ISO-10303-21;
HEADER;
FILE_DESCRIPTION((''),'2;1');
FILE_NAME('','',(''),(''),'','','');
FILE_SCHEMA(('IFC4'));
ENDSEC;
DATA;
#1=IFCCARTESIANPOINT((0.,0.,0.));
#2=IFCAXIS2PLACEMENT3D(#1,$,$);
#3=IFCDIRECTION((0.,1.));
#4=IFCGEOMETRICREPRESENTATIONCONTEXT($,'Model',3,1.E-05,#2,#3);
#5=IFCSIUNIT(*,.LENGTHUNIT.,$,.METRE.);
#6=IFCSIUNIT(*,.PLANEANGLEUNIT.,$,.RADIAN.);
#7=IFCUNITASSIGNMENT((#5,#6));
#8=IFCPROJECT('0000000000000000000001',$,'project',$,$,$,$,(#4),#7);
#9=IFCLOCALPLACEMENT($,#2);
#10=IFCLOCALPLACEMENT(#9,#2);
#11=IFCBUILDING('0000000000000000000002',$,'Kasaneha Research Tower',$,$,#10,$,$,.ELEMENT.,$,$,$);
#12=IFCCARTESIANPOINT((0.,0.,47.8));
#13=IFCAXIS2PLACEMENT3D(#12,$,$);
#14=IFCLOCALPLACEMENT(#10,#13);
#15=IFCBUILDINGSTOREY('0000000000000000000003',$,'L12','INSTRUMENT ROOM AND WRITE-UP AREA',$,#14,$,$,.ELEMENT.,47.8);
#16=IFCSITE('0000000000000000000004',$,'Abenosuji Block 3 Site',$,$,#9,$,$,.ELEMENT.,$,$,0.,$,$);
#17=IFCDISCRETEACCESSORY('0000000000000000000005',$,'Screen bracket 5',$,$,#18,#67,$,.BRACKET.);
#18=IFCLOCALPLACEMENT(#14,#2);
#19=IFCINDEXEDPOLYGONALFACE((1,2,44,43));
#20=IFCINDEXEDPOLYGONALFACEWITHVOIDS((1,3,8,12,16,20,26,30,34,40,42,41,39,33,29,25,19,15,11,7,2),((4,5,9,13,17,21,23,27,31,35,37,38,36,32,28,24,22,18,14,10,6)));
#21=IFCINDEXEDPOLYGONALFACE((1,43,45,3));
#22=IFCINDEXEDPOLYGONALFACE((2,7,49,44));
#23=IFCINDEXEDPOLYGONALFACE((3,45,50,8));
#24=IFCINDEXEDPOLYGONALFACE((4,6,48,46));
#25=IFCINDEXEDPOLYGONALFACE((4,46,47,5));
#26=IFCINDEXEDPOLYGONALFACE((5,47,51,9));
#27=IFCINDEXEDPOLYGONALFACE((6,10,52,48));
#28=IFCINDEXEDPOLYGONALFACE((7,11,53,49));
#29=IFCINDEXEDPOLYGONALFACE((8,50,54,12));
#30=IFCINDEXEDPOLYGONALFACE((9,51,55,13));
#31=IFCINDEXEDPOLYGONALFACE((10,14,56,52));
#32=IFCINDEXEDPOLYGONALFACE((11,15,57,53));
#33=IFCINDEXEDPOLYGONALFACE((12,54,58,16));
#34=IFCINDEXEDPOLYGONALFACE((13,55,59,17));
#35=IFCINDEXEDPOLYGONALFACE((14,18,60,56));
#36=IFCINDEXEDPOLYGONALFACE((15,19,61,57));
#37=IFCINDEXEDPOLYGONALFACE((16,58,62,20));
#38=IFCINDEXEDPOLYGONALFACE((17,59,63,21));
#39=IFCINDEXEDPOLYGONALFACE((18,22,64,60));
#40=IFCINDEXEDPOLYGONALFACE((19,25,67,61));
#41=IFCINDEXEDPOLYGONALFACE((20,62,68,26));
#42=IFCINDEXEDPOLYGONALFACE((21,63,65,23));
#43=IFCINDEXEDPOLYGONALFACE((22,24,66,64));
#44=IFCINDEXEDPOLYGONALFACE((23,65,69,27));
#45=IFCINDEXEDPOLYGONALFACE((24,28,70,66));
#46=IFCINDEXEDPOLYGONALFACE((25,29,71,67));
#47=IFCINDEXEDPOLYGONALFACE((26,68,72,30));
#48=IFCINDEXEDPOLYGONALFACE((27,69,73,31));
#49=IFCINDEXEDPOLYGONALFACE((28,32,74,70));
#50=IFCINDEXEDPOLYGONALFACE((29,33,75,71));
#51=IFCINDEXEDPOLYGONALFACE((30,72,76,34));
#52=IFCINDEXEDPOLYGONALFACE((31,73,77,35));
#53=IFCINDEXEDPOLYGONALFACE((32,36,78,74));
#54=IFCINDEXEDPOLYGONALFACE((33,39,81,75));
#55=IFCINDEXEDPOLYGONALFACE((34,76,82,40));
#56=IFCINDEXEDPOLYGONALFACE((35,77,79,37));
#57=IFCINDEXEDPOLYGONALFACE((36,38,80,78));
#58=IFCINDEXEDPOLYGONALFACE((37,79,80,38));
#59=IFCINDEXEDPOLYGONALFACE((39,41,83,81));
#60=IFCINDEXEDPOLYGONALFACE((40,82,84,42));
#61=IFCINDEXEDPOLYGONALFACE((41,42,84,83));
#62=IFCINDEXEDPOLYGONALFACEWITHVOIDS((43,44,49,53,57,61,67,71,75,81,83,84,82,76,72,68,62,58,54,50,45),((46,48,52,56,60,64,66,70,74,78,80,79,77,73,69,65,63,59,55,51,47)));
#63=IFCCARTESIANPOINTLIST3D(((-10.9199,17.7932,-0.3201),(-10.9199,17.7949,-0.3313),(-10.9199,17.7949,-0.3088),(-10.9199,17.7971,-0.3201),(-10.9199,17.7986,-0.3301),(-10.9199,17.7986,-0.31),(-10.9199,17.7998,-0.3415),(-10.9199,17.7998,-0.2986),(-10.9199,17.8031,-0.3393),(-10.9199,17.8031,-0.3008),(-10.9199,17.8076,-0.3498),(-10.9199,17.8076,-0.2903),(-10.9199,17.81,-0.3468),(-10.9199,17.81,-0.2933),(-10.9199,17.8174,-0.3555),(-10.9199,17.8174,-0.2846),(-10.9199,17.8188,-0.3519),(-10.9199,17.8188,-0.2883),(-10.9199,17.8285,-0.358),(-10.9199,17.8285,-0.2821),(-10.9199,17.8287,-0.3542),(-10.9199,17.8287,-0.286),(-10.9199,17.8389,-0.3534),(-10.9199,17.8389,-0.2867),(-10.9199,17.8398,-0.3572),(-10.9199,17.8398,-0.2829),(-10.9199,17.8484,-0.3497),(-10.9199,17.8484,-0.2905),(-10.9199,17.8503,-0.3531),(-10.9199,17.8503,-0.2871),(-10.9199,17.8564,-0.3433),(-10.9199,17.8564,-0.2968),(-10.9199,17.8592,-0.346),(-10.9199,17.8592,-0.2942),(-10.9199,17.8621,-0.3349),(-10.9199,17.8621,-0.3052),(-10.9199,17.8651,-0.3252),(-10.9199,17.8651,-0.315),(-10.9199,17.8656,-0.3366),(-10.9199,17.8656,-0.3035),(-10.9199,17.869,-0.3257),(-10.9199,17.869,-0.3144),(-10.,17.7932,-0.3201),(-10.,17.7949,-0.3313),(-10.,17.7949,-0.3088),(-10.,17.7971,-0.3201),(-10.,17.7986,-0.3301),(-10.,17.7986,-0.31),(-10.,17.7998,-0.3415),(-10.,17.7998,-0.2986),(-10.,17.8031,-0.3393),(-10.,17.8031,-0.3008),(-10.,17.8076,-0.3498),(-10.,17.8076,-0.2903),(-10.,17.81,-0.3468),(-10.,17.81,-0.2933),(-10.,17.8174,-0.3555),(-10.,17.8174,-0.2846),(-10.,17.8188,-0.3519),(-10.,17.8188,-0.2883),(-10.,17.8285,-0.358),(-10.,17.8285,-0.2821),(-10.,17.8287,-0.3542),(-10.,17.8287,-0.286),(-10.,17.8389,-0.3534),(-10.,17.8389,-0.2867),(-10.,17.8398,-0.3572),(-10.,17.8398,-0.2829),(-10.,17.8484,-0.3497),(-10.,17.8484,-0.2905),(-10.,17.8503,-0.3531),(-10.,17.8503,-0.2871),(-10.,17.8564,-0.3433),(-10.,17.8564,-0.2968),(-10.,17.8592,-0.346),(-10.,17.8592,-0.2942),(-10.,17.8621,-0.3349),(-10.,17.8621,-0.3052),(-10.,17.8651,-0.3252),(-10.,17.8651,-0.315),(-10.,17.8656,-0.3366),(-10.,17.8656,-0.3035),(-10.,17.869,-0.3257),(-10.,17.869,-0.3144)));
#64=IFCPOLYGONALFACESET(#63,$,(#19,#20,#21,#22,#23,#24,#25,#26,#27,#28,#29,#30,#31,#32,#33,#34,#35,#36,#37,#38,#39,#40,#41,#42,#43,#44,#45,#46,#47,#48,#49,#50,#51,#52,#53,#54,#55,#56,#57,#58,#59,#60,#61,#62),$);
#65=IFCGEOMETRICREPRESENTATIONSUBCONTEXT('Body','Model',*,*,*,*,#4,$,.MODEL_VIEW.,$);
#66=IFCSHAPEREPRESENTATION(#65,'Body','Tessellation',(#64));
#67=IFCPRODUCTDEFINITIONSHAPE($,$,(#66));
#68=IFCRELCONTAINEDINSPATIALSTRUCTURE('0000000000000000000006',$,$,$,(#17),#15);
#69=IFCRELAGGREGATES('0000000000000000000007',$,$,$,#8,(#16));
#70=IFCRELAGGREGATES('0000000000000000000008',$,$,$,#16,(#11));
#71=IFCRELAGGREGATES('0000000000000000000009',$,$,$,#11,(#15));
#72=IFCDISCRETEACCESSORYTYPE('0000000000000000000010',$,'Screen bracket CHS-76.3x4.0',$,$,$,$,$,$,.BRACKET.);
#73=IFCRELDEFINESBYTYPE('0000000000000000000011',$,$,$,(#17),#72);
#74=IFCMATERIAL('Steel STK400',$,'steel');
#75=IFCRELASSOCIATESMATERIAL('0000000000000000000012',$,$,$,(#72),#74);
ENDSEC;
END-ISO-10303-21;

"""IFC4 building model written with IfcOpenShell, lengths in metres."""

from ifc_helpers import new_model, si_unit, direction, frame, origin, origin_2d, place, context, subcontext, project, spatial, hollow_circle, extrude, material, material_profile, profile_set, type_object, element, save


model = new_model("IFC4")

# Units and contexts
model_context = context("Model", 3, precision=1e-05, world=origin(), true_north=direction((0.0, 1.0)))
body_context = subcontext(model_context, "Body", "Model", "MODEL_VIEW")
ifc_project = project(units=[si_unit("LENGTHUNIT", "METRE"), si_unit("PLANEANGLEUNIT", "RADIAN")], contexts=[model_context])

# Site, building, storey
site_placement = place(None, origin())
site = spatial("IfcSite", under=ifc_project, at=site_placement, Name="Abenosuji Block 3 Site", CompositionType="ELEMENT", RefElevation=0.0)
building_placement = place(site_placement, origin())
building = spatial("IfcBuilding", under=site, at=building_placement, Name="Kasaneha Research Tower", CompositionType="ELEMENT")
storey_placement = place(building_placement, frame((0.0, 0.0, 47.8)))
storey = spatial("IfcBuildingStorey", under=building, at=storey_placement, Name="L12", Description="INSTRUMENT ROOM AND WRITE-UP AREA", CompositionType="ELEMENT", Elevation=47.8)

# Discrete accessory
ifc_material_1 = material(Name="Steel STK400", Category="steel")
ifc_material_profile_1 = material_profile(ifc_material_1, hollow_circle(Radius=0.0381, WallThickness=0.0039, at=origin_2d()), Name="CHS-76.3x4.0")
ifc_profile_set_1 = profile_set([ifc_material_profile_1], Name="Steel STK400")
discrete_accessory_type = type_object("IfcDiscreteAccessoryType", Name="Screen bracket CHS-76.3x4.0", PredefinedType="BRACKET", material=ifc_profile_set_1)
for number, where, z_axis, x_axis, name in (
    (1, (-10.0, 17.8313, -0.3201), (-1.0, 0.0, 0.0), (0.0, -1.0, 0.0), "Screen bracket 5"),
):
    element("IfcDiscreteAccessory", number, at=place(storey_placement, frame(where, z_axis=z_axis, x_axis=x_axis)), inside=storey, type_object=discrete_accessory_type, Name=name, PredefinedType="BRACKET", context=body_context, shape_type="SweptSolid", body=[
        extrude(hollow_circle(Radius=0.0381, WallThickness=0.0039, at=origin_2d()), origin(), (0.0, 0.0, 1.0), 0.9199),
    ])

save(model, "model.ifc")
